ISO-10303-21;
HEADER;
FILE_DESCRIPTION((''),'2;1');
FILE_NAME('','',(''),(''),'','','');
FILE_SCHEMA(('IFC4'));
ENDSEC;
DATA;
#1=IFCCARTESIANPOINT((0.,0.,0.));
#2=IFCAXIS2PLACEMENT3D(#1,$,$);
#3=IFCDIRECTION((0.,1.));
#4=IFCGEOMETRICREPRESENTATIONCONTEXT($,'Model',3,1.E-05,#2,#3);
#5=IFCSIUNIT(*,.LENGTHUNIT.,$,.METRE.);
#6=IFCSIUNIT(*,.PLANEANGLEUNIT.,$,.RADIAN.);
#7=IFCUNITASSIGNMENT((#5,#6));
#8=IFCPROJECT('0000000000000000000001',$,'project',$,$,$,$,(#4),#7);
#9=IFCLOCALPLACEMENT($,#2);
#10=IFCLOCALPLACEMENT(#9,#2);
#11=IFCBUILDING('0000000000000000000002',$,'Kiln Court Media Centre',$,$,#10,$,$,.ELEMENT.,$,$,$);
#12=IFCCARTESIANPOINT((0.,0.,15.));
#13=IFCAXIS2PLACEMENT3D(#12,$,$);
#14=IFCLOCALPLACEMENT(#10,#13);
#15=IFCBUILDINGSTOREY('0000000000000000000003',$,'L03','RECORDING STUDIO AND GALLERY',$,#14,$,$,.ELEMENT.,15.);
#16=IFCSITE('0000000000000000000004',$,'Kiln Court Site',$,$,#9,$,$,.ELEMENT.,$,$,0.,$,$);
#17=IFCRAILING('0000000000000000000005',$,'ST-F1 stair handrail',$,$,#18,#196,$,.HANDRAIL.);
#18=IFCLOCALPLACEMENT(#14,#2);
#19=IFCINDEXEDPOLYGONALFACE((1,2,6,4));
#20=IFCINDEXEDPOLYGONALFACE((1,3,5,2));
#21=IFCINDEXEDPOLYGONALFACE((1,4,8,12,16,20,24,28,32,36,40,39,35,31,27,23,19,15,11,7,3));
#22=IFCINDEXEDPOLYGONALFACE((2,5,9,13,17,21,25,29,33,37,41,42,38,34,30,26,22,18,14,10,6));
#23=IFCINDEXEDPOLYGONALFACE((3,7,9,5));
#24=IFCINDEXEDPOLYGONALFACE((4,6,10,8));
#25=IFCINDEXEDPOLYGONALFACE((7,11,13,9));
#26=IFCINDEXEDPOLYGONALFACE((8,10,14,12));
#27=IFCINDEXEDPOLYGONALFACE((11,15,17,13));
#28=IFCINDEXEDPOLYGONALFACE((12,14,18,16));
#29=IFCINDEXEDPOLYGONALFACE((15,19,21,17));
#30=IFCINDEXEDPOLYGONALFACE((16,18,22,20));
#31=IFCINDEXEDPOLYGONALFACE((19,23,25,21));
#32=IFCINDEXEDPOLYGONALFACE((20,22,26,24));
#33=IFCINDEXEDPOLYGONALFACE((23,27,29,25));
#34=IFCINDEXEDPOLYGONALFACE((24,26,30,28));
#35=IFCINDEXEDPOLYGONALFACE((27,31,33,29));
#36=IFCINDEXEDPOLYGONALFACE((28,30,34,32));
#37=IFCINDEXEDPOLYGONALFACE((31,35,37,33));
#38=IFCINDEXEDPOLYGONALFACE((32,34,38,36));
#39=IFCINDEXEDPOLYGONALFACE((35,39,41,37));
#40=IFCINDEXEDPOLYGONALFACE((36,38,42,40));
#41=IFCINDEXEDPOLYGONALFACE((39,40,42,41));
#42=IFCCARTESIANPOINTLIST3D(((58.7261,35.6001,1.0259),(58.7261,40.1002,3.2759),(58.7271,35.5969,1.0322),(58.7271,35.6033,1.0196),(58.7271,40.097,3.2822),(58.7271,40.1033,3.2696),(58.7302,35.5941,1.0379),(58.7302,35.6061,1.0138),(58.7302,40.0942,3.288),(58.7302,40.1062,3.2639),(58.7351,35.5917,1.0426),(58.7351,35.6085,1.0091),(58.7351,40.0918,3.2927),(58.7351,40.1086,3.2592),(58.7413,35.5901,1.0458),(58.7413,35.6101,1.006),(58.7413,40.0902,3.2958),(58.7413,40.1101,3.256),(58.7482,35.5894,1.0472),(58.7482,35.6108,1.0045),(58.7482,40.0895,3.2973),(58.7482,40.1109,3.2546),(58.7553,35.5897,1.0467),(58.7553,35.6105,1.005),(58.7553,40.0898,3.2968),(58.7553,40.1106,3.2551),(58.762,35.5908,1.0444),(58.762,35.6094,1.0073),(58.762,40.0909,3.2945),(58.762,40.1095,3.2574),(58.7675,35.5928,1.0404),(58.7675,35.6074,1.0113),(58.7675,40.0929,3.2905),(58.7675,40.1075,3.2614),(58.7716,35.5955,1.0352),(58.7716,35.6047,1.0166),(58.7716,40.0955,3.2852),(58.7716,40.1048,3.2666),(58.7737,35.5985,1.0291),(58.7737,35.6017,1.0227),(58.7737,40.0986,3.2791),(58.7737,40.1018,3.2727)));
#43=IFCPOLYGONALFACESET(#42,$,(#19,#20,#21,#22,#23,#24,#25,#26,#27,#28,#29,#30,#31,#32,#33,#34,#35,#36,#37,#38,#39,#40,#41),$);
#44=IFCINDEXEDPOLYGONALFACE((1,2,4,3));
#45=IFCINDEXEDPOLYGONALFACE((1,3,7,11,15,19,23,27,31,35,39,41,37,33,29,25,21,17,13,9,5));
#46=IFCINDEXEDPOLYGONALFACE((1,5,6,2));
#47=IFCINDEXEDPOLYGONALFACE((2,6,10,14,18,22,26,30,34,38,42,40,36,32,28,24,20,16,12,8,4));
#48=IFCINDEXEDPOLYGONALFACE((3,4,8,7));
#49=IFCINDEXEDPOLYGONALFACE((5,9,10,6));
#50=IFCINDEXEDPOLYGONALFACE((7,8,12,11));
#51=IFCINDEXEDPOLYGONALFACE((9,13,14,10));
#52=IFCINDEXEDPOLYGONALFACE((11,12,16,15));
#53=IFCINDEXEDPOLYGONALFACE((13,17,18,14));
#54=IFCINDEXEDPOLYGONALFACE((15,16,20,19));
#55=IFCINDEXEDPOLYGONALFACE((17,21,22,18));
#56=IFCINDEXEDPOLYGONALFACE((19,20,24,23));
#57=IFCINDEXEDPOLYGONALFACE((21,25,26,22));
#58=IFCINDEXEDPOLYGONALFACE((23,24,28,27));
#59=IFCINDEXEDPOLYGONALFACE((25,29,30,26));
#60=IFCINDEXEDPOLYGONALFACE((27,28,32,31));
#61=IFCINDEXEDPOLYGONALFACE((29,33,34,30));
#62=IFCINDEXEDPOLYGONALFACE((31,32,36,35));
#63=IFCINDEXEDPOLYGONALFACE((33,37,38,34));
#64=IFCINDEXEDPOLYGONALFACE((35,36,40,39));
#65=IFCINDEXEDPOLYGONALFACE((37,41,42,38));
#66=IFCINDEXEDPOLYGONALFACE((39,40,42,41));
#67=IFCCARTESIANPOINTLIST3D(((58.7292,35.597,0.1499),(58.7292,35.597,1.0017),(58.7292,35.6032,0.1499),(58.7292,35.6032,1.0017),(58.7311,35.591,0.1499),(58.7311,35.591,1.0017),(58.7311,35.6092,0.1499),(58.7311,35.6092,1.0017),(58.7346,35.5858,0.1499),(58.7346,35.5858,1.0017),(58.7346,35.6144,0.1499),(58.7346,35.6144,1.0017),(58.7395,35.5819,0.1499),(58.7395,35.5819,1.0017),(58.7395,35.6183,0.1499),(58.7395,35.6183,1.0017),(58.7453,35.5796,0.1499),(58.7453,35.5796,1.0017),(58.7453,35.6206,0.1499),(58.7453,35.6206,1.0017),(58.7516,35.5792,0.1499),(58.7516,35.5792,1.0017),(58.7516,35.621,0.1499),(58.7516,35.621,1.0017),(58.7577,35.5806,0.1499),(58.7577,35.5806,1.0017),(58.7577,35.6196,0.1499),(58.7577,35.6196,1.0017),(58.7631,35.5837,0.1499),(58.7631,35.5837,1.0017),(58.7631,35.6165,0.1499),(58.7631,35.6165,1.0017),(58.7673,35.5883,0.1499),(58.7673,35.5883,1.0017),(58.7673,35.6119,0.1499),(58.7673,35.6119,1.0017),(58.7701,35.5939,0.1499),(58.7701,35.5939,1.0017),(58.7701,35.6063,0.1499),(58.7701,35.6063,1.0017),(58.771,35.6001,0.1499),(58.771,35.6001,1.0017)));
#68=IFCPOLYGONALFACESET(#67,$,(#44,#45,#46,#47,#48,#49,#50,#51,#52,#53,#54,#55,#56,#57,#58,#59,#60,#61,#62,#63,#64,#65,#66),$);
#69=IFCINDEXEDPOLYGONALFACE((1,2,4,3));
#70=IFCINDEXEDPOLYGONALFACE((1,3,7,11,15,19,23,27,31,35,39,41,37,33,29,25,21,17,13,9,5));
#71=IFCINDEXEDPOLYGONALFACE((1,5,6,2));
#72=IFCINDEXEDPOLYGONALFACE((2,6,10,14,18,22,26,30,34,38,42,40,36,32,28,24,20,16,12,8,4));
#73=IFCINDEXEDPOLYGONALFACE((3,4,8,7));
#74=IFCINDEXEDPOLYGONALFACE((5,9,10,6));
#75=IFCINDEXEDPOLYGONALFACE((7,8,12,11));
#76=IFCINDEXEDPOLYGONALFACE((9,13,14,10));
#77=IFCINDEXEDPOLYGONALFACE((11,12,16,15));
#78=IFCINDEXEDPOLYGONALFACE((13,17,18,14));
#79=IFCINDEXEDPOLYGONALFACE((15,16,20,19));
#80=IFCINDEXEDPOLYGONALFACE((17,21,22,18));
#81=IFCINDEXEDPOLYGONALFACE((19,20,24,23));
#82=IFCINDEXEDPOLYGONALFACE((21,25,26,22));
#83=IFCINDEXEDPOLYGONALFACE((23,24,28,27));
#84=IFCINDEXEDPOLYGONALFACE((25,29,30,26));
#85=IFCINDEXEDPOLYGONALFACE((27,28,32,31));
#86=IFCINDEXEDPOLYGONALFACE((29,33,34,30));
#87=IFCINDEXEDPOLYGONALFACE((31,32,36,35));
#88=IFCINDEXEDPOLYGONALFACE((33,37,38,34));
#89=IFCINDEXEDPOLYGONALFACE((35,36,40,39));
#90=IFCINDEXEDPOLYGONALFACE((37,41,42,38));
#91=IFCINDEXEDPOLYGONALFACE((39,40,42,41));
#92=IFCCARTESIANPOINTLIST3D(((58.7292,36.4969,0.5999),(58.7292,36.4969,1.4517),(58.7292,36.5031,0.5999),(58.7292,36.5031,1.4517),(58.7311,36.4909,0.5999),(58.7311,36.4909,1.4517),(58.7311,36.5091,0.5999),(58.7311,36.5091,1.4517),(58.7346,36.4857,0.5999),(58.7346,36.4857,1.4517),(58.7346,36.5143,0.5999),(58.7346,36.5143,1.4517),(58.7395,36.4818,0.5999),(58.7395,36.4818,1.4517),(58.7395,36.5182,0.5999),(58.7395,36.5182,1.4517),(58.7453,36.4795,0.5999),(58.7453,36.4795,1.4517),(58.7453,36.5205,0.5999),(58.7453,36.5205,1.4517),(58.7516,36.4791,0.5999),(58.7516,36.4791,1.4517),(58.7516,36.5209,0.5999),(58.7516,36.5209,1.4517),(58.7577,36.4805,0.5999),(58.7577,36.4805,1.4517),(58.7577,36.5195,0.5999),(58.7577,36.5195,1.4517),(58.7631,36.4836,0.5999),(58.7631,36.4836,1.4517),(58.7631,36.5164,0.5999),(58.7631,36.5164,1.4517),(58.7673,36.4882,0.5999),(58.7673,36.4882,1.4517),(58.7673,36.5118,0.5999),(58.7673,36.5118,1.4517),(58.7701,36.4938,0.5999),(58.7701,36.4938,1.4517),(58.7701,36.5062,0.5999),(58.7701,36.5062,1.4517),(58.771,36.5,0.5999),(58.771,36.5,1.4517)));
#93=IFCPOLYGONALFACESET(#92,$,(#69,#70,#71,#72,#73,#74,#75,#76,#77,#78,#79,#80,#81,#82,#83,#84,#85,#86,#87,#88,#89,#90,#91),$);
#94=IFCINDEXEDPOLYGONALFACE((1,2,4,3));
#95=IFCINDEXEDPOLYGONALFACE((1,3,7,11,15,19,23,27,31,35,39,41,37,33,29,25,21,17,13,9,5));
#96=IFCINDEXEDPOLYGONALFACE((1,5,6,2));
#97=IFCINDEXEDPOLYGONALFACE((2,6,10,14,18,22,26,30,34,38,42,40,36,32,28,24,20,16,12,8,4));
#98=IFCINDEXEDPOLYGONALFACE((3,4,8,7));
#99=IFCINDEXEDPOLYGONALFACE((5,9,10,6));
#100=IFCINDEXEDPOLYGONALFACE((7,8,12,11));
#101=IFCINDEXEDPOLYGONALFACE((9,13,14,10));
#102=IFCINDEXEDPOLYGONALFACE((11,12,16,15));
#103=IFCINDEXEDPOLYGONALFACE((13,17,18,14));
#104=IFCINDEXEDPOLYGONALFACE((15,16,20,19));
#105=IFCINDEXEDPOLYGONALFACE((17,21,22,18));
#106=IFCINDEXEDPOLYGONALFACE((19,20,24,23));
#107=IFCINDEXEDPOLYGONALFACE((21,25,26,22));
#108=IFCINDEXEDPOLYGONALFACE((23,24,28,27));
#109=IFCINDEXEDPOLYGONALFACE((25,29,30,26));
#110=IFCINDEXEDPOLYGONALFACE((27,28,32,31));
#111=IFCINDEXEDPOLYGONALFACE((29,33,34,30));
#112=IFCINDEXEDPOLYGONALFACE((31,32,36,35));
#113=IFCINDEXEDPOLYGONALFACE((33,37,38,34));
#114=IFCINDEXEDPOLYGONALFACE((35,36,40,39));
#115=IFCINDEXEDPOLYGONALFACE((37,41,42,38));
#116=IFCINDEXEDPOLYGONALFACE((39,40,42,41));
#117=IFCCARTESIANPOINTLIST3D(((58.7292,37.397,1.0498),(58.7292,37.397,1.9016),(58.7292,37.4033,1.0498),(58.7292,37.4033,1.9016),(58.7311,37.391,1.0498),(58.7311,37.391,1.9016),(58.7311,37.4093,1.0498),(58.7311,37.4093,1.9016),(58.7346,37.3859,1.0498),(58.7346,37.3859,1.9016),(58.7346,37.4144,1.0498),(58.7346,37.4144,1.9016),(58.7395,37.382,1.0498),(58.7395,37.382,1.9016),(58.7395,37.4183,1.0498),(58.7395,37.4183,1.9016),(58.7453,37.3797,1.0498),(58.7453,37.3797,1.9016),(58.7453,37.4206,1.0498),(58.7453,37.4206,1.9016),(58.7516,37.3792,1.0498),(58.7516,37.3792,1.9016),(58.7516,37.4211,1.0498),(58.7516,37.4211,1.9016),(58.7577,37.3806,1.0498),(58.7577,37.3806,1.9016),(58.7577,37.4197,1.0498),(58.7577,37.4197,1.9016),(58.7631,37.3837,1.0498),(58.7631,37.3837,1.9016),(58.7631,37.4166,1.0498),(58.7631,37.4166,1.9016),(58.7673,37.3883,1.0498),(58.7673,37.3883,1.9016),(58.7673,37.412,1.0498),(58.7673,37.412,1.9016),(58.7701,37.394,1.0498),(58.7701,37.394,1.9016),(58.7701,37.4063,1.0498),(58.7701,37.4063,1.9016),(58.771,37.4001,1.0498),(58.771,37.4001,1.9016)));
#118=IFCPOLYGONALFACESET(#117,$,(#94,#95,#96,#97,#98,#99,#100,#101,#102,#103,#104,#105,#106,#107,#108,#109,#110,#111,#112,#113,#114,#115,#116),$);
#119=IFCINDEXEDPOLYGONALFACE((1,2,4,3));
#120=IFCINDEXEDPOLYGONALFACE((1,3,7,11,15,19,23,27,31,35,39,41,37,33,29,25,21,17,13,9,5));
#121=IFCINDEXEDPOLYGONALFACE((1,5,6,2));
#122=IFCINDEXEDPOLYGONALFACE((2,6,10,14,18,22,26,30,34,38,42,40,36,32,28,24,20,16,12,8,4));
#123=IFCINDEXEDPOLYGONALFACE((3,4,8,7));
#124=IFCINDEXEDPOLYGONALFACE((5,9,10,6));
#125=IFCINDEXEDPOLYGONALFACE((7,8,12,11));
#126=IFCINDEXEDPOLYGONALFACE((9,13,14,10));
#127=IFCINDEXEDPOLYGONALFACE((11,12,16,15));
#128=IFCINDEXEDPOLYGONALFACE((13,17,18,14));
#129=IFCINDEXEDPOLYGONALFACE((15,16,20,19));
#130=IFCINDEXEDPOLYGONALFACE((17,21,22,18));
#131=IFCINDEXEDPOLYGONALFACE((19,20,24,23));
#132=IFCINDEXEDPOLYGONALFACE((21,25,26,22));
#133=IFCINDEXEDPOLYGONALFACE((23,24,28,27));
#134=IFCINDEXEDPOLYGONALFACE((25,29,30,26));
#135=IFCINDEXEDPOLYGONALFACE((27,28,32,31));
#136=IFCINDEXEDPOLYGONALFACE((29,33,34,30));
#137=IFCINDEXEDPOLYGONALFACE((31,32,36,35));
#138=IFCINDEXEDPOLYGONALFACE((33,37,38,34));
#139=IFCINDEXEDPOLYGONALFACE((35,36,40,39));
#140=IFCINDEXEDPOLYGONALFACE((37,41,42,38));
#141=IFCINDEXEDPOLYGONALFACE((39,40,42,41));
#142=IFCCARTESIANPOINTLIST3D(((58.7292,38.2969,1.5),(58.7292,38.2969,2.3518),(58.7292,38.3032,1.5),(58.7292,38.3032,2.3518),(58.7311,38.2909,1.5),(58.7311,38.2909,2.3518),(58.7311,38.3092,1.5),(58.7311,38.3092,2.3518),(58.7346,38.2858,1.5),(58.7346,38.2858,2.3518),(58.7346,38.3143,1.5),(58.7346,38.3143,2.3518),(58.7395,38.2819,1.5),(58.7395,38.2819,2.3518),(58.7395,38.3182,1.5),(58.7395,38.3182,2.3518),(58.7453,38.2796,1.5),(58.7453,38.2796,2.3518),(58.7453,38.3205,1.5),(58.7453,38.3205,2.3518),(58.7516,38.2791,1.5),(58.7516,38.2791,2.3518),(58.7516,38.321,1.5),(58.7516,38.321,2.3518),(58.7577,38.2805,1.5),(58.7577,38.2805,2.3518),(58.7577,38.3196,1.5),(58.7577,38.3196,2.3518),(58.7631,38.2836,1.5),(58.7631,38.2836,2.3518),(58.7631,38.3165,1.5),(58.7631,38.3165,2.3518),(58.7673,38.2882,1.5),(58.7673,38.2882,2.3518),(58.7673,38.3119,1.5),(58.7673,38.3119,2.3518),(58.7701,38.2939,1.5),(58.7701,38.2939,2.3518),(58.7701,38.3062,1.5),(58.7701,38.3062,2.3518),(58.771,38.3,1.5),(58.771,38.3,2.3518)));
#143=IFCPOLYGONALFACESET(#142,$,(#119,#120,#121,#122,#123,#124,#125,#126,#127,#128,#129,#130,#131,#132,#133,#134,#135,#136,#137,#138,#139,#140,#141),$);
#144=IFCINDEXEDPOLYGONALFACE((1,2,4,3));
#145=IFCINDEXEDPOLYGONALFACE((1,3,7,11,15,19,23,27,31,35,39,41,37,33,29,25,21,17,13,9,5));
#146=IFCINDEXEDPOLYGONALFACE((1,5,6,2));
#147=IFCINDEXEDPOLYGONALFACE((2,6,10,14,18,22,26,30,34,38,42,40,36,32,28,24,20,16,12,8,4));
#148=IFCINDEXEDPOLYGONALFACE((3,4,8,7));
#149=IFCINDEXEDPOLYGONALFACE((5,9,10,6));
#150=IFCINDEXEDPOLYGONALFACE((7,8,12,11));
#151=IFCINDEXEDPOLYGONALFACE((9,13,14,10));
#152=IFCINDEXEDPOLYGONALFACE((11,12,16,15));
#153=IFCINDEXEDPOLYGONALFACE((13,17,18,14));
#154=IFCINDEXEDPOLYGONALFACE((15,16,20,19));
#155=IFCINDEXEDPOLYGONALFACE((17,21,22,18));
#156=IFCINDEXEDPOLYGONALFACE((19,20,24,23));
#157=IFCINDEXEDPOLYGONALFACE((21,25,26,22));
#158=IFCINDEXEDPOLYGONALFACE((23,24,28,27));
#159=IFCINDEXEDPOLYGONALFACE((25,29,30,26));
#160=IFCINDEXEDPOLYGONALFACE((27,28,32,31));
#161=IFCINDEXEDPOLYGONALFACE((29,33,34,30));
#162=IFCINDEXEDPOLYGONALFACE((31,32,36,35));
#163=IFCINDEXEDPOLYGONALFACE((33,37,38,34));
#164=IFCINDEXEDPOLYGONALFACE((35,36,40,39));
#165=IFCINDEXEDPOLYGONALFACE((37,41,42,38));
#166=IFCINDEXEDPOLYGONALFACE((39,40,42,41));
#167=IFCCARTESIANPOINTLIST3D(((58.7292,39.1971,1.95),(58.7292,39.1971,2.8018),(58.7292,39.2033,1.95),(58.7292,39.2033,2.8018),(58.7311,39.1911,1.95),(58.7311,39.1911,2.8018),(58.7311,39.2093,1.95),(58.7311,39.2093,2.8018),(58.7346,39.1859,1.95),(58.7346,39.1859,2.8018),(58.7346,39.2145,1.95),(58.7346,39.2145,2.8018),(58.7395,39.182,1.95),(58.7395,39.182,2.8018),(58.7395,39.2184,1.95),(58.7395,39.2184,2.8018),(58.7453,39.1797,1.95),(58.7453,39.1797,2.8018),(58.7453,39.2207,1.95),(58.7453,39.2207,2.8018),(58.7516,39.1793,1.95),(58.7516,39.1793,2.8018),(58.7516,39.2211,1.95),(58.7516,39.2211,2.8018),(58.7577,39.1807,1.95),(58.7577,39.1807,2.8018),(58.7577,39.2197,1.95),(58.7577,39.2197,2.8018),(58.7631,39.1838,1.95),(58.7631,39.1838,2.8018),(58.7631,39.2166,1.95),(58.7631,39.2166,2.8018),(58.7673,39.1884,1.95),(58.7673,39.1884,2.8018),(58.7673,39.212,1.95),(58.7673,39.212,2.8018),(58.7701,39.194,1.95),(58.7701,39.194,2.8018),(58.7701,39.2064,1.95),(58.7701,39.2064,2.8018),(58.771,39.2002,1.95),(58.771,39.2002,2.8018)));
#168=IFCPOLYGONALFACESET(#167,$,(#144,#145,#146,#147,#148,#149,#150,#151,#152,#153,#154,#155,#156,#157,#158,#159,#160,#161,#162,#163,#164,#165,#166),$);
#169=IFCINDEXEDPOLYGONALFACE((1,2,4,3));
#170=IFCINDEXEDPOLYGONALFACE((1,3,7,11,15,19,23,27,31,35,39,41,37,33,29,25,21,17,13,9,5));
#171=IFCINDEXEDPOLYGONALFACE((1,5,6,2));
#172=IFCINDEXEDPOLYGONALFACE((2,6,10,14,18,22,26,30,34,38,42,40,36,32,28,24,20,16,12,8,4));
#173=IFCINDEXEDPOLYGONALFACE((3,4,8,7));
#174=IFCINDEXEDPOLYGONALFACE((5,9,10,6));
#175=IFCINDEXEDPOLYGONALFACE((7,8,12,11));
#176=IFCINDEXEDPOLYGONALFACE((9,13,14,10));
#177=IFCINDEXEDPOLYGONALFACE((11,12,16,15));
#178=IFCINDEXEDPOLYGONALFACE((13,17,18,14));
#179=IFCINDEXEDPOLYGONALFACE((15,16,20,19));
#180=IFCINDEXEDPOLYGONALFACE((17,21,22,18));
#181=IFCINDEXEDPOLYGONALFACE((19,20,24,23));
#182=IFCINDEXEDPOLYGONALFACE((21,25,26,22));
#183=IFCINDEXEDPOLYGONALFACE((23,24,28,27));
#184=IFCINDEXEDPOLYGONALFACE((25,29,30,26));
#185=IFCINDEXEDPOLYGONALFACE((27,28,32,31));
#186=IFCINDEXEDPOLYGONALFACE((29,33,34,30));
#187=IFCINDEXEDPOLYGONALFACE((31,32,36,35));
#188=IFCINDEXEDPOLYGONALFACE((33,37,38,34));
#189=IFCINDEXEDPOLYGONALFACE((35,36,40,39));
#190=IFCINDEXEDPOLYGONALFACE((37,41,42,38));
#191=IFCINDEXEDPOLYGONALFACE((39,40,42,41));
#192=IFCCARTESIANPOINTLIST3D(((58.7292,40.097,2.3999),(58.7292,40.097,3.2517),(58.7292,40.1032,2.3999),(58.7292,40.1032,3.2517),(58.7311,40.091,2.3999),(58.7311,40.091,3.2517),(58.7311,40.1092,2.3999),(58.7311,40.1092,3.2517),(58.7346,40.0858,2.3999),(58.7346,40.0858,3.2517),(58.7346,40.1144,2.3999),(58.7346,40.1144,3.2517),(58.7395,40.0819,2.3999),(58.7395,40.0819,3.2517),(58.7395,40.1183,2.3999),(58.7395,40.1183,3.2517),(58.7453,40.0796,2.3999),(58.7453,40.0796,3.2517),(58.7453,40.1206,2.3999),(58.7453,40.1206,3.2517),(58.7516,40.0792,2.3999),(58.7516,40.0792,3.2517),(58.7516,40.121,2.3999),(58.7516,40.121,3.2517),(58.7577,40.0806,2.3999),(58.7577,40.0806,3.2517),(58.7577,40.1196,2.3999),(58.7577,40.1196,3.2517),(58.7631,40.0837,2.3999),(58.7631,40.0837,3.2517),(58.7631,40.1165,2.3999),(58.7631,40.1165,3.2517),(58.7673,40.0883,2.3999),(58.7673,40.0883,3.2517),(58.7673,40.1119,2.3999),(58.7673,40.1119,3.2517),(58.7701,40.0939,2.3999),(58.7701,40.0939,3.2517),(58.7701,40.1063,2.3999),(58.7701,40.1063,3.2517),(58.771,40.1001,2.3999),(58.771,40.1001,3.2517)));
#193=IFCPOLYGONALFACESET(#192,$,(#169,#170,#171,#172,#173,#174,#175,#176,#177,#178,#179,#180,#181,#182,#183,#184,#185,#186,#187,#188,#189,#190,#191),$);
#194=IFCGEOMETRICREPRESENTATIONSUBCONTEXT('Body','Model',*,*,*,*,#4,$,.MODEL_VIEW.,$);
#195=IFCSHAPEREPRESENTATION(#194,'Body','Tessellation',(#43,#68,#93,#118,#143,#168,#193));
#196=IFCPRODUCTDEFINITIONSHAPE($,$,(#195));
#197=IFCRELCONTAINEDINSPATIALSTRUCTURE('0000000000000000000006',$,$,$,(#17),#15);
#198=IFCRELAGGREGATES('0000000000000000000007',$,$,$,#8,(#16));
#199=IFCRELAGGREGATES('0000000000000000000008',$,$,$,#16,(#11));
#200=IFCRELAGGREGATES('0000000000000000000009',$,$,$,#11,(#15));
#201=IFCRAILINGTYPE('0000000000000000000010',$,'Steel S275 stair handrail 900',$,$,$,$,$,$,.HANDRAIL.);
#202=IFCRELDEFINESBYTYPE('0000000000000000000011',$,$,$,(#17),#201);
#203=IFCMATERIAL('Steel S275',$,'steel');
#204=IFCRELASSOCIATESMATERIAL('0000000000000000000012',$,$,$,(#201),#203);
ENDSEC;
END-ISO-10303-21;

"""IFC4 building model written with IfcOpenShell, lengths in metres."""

from ifc_helpers import new_model, si_unit, direction, frame, origin, origin_2d, place, context, subcontext, project, spatial, circle, extrude, material, type_object, element, save


model = new_model("IFC4")

# Units and contexts
model_context = context("Model", 3, precision=1e-05, world=origin(), true_north=direction((0.0, 1.0)))
body_context = subcontext(model_context, "Body", "Model", "MODEL_VIEW")
ifc_project = project(units=[si_unit("LENGTHUNIT", "METRE"), si_unit("PLANEANGLEUNIT", "RADIAN")], contexts=[model_context])

# Site, building, storey
site_placement = place(None, origin())
site = spatial("IfcSite", under=ifc_project, at=site_placement, Name="Kiln Court Site", CompositionType="ELEMENT", RefElevation=0.0)
building_placement = place(site_placement, origin())
building = spatial("IfcBuilding", under=site, at=building_placement, Name="Kiln Court Media Centre", CompositionType="ELEMENT")
storey_placement = place(building_placement, frame((0.0, 0.0, 15.0)))
storey = spatial("IfcBuildingStorey", under=building, at=storey_placement, Name="L03", Description="RECORDING STUDIO AND GALLERY", CompositionType="ELEMENT", Elevation=15.0)

# Railing
ifc_material_1 = material(Name="Steel S275", Category="steel")
railing_type_1 = type_object("IfcRailingType", Name="Steel S275 stair handrail 900", PredefinedType="HANDRAIL", material=ifc_material_1)
railing_1_placement = place(storey_placement, frame((58.75, 35.6001, 0.1499)))
element("IfcRailing", 1, at=railing_1_placement, inside=storey, type_object=railing_type_1, Name="ST-F1 stair handrail", PredefinedType="HANDRAIL", context=body_context, shape_type="SweptSolid", body=[
    extrude(circle(Radius=0.0239, at=origin_2d()), frame((0.0, 0.0, 0.876), z_axis=(0.0, 0.894427, 0.447214), x_axis=(-1.0, 0.0, 0.0)), (0.0, 0.0, 1.0), 5.0312),
    extrude(circle(Radius=0.021, at=origin_2d()), origin(), (0.0, 0.0, 1.0), 0.8518),
    extrude(circle(Radius=0.021, at=origin_2d()), frame((0.0, 0.8999, 0.45)), (0.0, 0.0, 1.0), 0.8518),
    extrude(circle(Radius=0.021, at=origin_2d()), frame((0.0, 1.8, 0.8999)), (0.0, 0.0, 1.0), 0.8518),
    extrude(circle(Radius=0.021, at=origin_2d()), frame((0.0, 2.7, 1.3501)), (0.0, 0.0, 1.0), 0.8518),
    extrude(circle(Radius=0.021, at=origin_2d()), frame((0.0, 3.6001, 1.8)), (0.0, 0.0, 1.0), 0.8518),
    extrude(circle(Radius=0.021, at=origin_2d()), frame((0.0, 4.5, 2.25)), (0.0, 0.0, 1.0), 0.8518),
])

save(model, "model.ifc")
